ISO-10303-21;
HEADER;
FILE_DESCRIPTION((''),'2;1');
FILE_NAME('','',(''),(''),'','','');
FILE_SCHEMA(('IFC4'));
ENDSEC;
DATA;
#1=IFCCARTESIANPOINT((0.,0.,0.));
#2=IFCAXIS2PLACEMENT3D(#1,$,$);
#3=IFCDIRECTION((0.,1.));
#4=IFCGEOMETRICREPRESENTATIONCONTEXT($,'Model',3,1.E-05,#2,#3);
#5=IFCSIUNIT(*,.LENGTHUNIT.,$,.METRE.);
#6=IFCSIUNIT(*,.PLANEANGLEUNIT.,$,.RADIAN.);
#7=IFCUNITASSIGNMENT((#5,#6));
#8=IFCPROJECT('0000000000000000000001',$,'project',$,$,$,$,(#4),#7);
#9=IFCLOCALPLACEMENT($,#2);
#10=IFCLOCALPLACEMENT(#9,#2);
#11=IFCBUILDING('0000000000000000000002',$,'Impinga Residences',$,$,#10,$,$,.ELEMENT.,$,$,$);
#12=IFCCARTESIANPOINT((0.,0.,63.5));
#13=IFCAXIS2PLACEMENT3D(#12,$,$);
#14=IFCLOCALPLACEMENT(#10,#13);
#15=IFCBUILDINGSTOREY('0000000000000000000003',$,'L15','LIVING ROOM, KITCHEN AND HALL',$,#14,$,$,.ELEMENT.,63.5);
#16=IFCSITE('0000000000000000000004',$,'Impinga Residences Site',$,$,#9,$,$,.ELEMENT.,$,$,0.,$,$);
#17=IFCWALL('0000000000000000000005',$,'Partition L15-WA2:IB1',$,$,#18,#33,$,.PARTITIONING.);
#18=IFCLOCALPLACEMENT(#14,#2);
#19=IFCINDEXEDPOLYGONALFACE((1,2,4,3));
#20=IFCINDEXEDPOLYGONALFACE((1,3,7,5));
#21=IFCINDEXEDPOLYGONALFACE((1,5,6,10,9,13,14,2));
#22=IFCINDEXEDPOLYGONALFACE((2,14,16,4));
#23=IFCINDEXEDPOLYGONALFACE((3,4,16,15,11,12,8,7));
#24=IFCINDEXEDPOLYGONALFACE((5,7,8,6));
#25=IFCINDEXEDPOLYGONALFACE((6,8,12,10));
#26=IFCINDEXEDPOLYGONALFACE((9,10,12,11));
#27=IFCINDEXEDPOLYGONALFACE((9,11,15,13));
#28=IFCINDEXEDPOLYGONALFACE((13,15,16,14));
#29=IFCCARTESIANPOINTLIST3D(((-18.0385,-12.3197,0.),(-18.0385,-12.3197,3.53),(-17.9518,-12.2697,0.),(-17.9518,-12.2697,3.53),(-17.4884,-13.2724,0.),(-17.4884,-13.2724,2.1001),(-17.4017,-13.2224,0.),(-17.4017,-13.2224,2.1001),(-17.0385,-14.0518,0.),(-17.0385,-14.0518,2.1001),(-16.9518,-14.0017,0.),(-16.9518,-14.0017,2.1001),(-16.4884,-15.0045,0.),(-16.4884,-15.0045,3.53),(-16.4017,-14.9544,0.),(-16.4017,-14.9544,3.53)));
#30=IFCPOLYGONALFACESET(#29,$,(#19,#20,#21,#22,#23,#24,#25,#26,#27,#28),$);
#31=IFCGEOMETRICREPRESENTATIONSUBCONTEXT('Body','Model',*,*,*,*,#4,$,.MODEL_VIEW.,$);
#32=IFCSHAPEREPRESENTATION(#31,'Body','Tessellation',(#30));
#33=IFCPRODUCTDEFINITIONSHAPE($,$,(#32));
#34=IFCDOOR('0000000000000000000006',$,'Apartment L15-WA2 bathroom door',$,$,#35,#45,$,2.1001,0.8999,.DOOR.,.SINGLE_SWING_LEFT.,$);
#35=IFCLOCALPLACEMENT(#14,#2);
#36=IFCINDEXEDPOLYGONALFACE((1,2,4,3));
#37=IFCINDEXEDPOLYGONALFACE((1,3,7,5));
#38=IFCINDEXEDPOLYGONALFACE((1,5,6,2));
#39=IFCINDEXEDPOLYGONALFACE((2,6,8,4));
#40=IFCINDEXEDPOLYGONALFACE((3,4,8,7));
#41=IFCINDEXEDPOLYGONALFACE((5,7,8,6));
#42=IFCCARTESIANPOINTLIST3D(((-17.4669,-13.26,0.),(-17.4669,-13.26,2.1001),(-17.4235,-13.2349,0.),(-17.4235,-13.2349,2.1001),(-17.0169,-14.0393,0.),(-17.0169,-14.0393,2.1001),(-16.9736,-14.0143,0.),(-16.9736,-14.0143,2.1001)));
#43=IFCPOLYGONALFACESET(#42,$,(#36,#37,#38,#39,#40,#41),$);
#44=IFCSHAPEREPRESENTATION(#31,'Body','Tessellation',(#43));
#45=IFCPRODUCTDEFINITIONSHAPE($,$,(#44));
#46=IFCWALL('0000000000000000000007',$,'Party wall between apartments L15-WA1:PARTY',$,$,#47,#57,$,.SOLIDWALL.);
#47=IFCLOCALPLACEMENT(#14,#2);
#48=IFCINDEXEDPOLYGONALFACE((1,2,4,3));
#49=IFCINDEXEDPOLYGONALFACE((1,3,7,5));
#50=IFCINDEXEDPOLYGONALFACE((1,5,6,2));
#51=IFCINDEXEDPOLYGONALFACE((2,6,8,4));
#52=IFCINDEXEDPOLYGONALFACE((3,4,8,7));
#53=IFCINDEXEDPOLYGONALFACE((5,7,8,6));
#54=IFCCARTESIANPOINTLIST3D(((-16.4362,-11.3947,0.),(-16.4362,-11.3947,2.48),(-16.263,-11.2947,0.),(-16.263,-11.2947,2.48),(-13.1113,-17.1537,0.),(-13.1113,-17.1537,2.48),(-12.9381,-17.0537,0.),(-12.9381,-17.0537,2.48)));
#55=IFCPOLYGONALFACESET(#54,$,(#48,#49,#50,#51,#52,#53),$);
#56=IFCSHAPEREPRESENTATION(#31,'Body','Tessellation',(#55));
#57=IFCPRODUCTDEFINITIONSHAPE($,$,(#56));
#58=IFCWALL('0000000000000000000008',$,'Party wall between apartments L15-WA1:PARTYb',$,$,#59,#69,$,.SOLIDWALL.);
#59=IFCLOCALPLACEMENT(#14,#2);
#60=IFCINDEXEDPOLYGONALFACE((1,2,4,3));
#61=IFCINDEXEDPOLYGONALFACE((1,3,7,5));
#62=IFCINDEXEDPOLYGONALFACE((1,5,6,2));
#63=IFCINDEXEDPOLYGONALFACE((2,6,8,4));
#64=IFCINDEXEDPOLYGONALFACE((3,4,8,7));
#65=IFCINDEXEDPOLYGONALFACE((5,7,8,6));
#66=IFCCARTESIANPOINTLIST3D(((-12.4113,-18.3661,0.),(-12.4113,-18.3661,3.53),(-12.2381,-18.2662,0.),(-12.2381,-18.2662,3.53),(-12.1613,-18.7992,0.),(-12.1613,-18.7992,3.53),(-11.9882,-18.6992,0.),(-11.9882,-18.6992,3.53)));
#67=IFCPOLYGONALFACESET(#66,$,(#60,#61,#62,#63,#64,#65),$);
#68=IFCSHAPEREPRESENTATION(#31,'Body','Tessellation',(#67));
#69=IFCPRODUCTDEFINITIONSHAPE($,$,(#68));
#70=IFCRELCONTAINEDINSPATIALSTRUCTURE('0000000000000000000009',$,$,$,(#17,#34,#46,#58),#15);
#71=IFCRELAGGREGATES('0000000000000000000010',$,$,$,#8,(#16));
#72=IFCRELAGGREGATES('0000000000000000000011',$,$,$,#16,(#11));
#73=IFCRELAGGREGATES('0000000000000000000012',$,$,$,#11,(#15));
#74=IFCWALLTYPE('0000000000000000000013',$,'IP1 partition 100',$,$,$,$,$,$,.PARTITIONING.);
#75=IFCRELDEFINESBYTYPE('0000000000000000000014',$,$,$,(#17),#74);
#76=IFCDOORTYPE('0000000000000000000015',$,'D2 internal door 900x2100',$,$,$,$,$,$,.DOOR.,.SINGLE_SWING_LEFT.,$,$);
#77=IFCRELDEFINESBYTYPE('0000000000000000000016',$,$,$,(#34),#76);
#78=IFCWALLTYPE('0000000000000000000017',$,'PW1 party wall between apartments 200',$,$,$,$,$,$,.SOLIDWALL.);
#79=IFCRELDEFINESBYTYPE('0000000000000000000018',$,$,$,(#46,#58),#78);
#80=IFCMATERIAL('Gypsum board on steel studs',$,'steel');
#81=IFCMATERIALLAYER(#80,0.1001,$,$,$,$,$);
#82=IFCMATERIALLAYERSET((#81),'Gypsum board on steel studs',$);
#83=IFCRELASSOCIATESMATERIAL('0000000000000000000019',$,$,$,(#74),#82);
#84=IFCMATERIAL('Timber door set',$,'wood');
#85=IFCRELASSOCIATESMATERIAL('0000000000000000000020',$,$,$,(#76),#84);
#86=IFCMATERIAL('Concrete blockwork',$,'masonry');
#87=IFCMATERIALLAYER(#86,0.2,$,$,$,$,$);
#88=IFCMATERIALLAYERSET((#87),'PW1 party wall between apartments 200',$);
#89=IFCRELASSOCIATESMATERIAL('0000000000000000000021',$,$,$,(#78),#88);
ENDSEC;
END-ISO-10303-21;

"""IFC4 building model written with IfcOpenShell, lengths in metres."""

from ifc_helpers import new_model, si_unit, direction, frame, frame_2d, origin, place, context, subcontext, project, spatial, rectangle, extrude, material, layer, layer_set, type_object, element, fill, save


model = new_model("IFC4")

# Units and contexts
model_context = context("Model", 3, precision=1e-05, world=origin(), true_north=direction((0.0, 1.0)))
body_context = subcontext(model_context, "Body", "Model", "MODEL_VIEW")
ifc_project = project(units=[si_unit("LENGTHUNIT", "METRE"), si_unit("PLANEANGLEUNIT", "RADIAN")], contexts=[model_context])

# Site, building, storey
site_placement = place(None, origin())
site = spatial("IfcSite", under=ifc_project, at=site_placement, Name="Impinga Residences Site", CompositionType="ELEMENT", RefElevation=0.0)
building_placement = place(site_placement, origin())
building = spatial("IfcBuilding", under=site, at=building_placement, Name="Impinga Residences", CompositionType="ELEMENT")
storey_placement = place(building_placement, frame((0.0, 0.0, 63.5)))
storey = spatial("IfcBuildingStorey", under=building, at=storey_placement, Name="L15", Description="LIVING ROOM, KITCHEN AND HALL", CompositionType="ELEMENT", Elevation=63.5)

# Shared definitions
ifc_material_1 = material(Name="Gypsum board on steel studs", Category="steel")
ifc_layer_1 = layer(ifc_material_1, 0.1001)
ifc_layer_set_1 = layer_set([ifc_layer_1], Name="Gypsum board on steel studs")
wall_type_1 = type_object("IfcWallType", Name="IP1 partition 100", PredefinedType="PARTITIONING", material=ifc_layer_set_1)
ifc_material_2 = material(Name="Timber door set", Category="wood")
door_type = type_object("IfcDoorType", Name="D2 internal door 900x2100", OperationType="SINGLE_SWING_LEFT", PredefinedType="DOOR", material=ifc_material_2)

# Wall, opening, door
wall_1_placement = place(storey_placement, frame((-17.9951, -12.2947, 0.0), z_axis=(0.0, 0.0, 1.0), x_axis=(0.499993, -0.86603, 0.0)))
wall_1 = element("IfcWall", 1, at=wall_1_placement, inside=storey, type_object=wall_type_1, Name="Partition L15-WA2:IB1", PredefinedType="PARTITIONING", context=body_context, shape_type="SweptSolid", body=[
    extrude(rectangle(XDim=3.1001, YDim=0.1001, at=frame_2d((1.55, 0.0))), origin(), (0.0, 0.0, 1.0), 3.53),
])
opening_1_placement = place(wall_1_placement, frame((1.1001, 0.0, 0.0)))
opening_1 = element("IfcOpeningElement", 2, at=opening_1_placement, cuts=wall_1, PredefinedType="OPENING", context=body_context, shape_type="SweptSolid", body=[
    extrude(rectangle(XDim=0.8999, YDim=2.1001, at=frame_2d((0.45, 1.05))), frame((0.0, 0.0601, 0.0), z_axis=(0.0, -1.0, 0.0), x_axis=(1.0, 0.0, 0.0)), (0.0, 0.0, 1.0), 0.1201),
])
door_1_placement = place(opening_1_placement, origin())
door_1 = element("IfcDoor", 3, at=door_1_placement, inside=storey, type_object=door_type, Name="Apartment L15-WA2 bathroom door", OperationType="SINGLE_SWING_LEFT", OverallHeight=2.1001, OverallWidth=0.8999, PredefinedType="DOOR", context=body_context, shape_type="SweptSolid", body=[
    extrude(rectangle(XDim=0.8999, YDim=2.1001, at=frame_2d((0.45, 1.05))), frame((0.0, 0.0249, 0.0), z_axis=(0.0, -1.0, 0.0), x_axis=(1.0, 0.0, 0.0)), (0.0, 0.0, 1.0), 0.05),
])
fill(opening_1, door_1)

# Walls
ifc_material_3 = material(Name="Concrete blockwork", Category="masonry")
ifc_layer_2 = layer(ifc_material_3, 0.2)
ifc_layer_set_2 = layer_set([ifc_layer_2], Name="PW1 party wall between apartments 200")
wall_type_2 = type_object("IfcWallType", Name="PW1 party wall between apartments 200", PredefinedType="SOLIDWALL", material=ifc_layer_set_2)
wall_2_placement = place(storey_placement, frame((-16.3496, -11.3447, 0.0), z_axis=(0.0, 0.0, 1.0), x_axis=(0.499997, -0.866027, 0.0)))
element("IfcWall", 4, at=wall_2_placement, inside=storey, type_object=wall_type_2, Name="Party wall between apartments L15-WA1:PARTY", PredefinedType="SOLIDWALL", context=body_context, shape_type="SweptSolid", body=[
    extrude(rectangle(XDim=6.6499, YDim=0.2, at=frame_2d((3.325, 0.0))), origin(), (0.0, 0.0, 1.0), 2.48),
])
wall_3_placement = place(storey_placement, frame((-12.3247, -18.3162, 0.0), z_axis=(0.0, 0.0, 1.0), x_axis=(0.49992, -0.866072, 0.0)))
element("IfcWall", 5, at=wall_3_placement, inside=storey, type_object=wall_type_2, Name="Party wall between apartments L15-WA1:PARTYb", PredefinedType="SOLIDWALL", context=body_context, shape_type="SweptSolid", body=[
    extrude(rectangle(XDim=0.5, YDim=0.2, at=frame_2d((0.25, 0.0))), origin(), (0.0, 0.0, 1.0), 3.53),
])

save(model, "model.ifc")
